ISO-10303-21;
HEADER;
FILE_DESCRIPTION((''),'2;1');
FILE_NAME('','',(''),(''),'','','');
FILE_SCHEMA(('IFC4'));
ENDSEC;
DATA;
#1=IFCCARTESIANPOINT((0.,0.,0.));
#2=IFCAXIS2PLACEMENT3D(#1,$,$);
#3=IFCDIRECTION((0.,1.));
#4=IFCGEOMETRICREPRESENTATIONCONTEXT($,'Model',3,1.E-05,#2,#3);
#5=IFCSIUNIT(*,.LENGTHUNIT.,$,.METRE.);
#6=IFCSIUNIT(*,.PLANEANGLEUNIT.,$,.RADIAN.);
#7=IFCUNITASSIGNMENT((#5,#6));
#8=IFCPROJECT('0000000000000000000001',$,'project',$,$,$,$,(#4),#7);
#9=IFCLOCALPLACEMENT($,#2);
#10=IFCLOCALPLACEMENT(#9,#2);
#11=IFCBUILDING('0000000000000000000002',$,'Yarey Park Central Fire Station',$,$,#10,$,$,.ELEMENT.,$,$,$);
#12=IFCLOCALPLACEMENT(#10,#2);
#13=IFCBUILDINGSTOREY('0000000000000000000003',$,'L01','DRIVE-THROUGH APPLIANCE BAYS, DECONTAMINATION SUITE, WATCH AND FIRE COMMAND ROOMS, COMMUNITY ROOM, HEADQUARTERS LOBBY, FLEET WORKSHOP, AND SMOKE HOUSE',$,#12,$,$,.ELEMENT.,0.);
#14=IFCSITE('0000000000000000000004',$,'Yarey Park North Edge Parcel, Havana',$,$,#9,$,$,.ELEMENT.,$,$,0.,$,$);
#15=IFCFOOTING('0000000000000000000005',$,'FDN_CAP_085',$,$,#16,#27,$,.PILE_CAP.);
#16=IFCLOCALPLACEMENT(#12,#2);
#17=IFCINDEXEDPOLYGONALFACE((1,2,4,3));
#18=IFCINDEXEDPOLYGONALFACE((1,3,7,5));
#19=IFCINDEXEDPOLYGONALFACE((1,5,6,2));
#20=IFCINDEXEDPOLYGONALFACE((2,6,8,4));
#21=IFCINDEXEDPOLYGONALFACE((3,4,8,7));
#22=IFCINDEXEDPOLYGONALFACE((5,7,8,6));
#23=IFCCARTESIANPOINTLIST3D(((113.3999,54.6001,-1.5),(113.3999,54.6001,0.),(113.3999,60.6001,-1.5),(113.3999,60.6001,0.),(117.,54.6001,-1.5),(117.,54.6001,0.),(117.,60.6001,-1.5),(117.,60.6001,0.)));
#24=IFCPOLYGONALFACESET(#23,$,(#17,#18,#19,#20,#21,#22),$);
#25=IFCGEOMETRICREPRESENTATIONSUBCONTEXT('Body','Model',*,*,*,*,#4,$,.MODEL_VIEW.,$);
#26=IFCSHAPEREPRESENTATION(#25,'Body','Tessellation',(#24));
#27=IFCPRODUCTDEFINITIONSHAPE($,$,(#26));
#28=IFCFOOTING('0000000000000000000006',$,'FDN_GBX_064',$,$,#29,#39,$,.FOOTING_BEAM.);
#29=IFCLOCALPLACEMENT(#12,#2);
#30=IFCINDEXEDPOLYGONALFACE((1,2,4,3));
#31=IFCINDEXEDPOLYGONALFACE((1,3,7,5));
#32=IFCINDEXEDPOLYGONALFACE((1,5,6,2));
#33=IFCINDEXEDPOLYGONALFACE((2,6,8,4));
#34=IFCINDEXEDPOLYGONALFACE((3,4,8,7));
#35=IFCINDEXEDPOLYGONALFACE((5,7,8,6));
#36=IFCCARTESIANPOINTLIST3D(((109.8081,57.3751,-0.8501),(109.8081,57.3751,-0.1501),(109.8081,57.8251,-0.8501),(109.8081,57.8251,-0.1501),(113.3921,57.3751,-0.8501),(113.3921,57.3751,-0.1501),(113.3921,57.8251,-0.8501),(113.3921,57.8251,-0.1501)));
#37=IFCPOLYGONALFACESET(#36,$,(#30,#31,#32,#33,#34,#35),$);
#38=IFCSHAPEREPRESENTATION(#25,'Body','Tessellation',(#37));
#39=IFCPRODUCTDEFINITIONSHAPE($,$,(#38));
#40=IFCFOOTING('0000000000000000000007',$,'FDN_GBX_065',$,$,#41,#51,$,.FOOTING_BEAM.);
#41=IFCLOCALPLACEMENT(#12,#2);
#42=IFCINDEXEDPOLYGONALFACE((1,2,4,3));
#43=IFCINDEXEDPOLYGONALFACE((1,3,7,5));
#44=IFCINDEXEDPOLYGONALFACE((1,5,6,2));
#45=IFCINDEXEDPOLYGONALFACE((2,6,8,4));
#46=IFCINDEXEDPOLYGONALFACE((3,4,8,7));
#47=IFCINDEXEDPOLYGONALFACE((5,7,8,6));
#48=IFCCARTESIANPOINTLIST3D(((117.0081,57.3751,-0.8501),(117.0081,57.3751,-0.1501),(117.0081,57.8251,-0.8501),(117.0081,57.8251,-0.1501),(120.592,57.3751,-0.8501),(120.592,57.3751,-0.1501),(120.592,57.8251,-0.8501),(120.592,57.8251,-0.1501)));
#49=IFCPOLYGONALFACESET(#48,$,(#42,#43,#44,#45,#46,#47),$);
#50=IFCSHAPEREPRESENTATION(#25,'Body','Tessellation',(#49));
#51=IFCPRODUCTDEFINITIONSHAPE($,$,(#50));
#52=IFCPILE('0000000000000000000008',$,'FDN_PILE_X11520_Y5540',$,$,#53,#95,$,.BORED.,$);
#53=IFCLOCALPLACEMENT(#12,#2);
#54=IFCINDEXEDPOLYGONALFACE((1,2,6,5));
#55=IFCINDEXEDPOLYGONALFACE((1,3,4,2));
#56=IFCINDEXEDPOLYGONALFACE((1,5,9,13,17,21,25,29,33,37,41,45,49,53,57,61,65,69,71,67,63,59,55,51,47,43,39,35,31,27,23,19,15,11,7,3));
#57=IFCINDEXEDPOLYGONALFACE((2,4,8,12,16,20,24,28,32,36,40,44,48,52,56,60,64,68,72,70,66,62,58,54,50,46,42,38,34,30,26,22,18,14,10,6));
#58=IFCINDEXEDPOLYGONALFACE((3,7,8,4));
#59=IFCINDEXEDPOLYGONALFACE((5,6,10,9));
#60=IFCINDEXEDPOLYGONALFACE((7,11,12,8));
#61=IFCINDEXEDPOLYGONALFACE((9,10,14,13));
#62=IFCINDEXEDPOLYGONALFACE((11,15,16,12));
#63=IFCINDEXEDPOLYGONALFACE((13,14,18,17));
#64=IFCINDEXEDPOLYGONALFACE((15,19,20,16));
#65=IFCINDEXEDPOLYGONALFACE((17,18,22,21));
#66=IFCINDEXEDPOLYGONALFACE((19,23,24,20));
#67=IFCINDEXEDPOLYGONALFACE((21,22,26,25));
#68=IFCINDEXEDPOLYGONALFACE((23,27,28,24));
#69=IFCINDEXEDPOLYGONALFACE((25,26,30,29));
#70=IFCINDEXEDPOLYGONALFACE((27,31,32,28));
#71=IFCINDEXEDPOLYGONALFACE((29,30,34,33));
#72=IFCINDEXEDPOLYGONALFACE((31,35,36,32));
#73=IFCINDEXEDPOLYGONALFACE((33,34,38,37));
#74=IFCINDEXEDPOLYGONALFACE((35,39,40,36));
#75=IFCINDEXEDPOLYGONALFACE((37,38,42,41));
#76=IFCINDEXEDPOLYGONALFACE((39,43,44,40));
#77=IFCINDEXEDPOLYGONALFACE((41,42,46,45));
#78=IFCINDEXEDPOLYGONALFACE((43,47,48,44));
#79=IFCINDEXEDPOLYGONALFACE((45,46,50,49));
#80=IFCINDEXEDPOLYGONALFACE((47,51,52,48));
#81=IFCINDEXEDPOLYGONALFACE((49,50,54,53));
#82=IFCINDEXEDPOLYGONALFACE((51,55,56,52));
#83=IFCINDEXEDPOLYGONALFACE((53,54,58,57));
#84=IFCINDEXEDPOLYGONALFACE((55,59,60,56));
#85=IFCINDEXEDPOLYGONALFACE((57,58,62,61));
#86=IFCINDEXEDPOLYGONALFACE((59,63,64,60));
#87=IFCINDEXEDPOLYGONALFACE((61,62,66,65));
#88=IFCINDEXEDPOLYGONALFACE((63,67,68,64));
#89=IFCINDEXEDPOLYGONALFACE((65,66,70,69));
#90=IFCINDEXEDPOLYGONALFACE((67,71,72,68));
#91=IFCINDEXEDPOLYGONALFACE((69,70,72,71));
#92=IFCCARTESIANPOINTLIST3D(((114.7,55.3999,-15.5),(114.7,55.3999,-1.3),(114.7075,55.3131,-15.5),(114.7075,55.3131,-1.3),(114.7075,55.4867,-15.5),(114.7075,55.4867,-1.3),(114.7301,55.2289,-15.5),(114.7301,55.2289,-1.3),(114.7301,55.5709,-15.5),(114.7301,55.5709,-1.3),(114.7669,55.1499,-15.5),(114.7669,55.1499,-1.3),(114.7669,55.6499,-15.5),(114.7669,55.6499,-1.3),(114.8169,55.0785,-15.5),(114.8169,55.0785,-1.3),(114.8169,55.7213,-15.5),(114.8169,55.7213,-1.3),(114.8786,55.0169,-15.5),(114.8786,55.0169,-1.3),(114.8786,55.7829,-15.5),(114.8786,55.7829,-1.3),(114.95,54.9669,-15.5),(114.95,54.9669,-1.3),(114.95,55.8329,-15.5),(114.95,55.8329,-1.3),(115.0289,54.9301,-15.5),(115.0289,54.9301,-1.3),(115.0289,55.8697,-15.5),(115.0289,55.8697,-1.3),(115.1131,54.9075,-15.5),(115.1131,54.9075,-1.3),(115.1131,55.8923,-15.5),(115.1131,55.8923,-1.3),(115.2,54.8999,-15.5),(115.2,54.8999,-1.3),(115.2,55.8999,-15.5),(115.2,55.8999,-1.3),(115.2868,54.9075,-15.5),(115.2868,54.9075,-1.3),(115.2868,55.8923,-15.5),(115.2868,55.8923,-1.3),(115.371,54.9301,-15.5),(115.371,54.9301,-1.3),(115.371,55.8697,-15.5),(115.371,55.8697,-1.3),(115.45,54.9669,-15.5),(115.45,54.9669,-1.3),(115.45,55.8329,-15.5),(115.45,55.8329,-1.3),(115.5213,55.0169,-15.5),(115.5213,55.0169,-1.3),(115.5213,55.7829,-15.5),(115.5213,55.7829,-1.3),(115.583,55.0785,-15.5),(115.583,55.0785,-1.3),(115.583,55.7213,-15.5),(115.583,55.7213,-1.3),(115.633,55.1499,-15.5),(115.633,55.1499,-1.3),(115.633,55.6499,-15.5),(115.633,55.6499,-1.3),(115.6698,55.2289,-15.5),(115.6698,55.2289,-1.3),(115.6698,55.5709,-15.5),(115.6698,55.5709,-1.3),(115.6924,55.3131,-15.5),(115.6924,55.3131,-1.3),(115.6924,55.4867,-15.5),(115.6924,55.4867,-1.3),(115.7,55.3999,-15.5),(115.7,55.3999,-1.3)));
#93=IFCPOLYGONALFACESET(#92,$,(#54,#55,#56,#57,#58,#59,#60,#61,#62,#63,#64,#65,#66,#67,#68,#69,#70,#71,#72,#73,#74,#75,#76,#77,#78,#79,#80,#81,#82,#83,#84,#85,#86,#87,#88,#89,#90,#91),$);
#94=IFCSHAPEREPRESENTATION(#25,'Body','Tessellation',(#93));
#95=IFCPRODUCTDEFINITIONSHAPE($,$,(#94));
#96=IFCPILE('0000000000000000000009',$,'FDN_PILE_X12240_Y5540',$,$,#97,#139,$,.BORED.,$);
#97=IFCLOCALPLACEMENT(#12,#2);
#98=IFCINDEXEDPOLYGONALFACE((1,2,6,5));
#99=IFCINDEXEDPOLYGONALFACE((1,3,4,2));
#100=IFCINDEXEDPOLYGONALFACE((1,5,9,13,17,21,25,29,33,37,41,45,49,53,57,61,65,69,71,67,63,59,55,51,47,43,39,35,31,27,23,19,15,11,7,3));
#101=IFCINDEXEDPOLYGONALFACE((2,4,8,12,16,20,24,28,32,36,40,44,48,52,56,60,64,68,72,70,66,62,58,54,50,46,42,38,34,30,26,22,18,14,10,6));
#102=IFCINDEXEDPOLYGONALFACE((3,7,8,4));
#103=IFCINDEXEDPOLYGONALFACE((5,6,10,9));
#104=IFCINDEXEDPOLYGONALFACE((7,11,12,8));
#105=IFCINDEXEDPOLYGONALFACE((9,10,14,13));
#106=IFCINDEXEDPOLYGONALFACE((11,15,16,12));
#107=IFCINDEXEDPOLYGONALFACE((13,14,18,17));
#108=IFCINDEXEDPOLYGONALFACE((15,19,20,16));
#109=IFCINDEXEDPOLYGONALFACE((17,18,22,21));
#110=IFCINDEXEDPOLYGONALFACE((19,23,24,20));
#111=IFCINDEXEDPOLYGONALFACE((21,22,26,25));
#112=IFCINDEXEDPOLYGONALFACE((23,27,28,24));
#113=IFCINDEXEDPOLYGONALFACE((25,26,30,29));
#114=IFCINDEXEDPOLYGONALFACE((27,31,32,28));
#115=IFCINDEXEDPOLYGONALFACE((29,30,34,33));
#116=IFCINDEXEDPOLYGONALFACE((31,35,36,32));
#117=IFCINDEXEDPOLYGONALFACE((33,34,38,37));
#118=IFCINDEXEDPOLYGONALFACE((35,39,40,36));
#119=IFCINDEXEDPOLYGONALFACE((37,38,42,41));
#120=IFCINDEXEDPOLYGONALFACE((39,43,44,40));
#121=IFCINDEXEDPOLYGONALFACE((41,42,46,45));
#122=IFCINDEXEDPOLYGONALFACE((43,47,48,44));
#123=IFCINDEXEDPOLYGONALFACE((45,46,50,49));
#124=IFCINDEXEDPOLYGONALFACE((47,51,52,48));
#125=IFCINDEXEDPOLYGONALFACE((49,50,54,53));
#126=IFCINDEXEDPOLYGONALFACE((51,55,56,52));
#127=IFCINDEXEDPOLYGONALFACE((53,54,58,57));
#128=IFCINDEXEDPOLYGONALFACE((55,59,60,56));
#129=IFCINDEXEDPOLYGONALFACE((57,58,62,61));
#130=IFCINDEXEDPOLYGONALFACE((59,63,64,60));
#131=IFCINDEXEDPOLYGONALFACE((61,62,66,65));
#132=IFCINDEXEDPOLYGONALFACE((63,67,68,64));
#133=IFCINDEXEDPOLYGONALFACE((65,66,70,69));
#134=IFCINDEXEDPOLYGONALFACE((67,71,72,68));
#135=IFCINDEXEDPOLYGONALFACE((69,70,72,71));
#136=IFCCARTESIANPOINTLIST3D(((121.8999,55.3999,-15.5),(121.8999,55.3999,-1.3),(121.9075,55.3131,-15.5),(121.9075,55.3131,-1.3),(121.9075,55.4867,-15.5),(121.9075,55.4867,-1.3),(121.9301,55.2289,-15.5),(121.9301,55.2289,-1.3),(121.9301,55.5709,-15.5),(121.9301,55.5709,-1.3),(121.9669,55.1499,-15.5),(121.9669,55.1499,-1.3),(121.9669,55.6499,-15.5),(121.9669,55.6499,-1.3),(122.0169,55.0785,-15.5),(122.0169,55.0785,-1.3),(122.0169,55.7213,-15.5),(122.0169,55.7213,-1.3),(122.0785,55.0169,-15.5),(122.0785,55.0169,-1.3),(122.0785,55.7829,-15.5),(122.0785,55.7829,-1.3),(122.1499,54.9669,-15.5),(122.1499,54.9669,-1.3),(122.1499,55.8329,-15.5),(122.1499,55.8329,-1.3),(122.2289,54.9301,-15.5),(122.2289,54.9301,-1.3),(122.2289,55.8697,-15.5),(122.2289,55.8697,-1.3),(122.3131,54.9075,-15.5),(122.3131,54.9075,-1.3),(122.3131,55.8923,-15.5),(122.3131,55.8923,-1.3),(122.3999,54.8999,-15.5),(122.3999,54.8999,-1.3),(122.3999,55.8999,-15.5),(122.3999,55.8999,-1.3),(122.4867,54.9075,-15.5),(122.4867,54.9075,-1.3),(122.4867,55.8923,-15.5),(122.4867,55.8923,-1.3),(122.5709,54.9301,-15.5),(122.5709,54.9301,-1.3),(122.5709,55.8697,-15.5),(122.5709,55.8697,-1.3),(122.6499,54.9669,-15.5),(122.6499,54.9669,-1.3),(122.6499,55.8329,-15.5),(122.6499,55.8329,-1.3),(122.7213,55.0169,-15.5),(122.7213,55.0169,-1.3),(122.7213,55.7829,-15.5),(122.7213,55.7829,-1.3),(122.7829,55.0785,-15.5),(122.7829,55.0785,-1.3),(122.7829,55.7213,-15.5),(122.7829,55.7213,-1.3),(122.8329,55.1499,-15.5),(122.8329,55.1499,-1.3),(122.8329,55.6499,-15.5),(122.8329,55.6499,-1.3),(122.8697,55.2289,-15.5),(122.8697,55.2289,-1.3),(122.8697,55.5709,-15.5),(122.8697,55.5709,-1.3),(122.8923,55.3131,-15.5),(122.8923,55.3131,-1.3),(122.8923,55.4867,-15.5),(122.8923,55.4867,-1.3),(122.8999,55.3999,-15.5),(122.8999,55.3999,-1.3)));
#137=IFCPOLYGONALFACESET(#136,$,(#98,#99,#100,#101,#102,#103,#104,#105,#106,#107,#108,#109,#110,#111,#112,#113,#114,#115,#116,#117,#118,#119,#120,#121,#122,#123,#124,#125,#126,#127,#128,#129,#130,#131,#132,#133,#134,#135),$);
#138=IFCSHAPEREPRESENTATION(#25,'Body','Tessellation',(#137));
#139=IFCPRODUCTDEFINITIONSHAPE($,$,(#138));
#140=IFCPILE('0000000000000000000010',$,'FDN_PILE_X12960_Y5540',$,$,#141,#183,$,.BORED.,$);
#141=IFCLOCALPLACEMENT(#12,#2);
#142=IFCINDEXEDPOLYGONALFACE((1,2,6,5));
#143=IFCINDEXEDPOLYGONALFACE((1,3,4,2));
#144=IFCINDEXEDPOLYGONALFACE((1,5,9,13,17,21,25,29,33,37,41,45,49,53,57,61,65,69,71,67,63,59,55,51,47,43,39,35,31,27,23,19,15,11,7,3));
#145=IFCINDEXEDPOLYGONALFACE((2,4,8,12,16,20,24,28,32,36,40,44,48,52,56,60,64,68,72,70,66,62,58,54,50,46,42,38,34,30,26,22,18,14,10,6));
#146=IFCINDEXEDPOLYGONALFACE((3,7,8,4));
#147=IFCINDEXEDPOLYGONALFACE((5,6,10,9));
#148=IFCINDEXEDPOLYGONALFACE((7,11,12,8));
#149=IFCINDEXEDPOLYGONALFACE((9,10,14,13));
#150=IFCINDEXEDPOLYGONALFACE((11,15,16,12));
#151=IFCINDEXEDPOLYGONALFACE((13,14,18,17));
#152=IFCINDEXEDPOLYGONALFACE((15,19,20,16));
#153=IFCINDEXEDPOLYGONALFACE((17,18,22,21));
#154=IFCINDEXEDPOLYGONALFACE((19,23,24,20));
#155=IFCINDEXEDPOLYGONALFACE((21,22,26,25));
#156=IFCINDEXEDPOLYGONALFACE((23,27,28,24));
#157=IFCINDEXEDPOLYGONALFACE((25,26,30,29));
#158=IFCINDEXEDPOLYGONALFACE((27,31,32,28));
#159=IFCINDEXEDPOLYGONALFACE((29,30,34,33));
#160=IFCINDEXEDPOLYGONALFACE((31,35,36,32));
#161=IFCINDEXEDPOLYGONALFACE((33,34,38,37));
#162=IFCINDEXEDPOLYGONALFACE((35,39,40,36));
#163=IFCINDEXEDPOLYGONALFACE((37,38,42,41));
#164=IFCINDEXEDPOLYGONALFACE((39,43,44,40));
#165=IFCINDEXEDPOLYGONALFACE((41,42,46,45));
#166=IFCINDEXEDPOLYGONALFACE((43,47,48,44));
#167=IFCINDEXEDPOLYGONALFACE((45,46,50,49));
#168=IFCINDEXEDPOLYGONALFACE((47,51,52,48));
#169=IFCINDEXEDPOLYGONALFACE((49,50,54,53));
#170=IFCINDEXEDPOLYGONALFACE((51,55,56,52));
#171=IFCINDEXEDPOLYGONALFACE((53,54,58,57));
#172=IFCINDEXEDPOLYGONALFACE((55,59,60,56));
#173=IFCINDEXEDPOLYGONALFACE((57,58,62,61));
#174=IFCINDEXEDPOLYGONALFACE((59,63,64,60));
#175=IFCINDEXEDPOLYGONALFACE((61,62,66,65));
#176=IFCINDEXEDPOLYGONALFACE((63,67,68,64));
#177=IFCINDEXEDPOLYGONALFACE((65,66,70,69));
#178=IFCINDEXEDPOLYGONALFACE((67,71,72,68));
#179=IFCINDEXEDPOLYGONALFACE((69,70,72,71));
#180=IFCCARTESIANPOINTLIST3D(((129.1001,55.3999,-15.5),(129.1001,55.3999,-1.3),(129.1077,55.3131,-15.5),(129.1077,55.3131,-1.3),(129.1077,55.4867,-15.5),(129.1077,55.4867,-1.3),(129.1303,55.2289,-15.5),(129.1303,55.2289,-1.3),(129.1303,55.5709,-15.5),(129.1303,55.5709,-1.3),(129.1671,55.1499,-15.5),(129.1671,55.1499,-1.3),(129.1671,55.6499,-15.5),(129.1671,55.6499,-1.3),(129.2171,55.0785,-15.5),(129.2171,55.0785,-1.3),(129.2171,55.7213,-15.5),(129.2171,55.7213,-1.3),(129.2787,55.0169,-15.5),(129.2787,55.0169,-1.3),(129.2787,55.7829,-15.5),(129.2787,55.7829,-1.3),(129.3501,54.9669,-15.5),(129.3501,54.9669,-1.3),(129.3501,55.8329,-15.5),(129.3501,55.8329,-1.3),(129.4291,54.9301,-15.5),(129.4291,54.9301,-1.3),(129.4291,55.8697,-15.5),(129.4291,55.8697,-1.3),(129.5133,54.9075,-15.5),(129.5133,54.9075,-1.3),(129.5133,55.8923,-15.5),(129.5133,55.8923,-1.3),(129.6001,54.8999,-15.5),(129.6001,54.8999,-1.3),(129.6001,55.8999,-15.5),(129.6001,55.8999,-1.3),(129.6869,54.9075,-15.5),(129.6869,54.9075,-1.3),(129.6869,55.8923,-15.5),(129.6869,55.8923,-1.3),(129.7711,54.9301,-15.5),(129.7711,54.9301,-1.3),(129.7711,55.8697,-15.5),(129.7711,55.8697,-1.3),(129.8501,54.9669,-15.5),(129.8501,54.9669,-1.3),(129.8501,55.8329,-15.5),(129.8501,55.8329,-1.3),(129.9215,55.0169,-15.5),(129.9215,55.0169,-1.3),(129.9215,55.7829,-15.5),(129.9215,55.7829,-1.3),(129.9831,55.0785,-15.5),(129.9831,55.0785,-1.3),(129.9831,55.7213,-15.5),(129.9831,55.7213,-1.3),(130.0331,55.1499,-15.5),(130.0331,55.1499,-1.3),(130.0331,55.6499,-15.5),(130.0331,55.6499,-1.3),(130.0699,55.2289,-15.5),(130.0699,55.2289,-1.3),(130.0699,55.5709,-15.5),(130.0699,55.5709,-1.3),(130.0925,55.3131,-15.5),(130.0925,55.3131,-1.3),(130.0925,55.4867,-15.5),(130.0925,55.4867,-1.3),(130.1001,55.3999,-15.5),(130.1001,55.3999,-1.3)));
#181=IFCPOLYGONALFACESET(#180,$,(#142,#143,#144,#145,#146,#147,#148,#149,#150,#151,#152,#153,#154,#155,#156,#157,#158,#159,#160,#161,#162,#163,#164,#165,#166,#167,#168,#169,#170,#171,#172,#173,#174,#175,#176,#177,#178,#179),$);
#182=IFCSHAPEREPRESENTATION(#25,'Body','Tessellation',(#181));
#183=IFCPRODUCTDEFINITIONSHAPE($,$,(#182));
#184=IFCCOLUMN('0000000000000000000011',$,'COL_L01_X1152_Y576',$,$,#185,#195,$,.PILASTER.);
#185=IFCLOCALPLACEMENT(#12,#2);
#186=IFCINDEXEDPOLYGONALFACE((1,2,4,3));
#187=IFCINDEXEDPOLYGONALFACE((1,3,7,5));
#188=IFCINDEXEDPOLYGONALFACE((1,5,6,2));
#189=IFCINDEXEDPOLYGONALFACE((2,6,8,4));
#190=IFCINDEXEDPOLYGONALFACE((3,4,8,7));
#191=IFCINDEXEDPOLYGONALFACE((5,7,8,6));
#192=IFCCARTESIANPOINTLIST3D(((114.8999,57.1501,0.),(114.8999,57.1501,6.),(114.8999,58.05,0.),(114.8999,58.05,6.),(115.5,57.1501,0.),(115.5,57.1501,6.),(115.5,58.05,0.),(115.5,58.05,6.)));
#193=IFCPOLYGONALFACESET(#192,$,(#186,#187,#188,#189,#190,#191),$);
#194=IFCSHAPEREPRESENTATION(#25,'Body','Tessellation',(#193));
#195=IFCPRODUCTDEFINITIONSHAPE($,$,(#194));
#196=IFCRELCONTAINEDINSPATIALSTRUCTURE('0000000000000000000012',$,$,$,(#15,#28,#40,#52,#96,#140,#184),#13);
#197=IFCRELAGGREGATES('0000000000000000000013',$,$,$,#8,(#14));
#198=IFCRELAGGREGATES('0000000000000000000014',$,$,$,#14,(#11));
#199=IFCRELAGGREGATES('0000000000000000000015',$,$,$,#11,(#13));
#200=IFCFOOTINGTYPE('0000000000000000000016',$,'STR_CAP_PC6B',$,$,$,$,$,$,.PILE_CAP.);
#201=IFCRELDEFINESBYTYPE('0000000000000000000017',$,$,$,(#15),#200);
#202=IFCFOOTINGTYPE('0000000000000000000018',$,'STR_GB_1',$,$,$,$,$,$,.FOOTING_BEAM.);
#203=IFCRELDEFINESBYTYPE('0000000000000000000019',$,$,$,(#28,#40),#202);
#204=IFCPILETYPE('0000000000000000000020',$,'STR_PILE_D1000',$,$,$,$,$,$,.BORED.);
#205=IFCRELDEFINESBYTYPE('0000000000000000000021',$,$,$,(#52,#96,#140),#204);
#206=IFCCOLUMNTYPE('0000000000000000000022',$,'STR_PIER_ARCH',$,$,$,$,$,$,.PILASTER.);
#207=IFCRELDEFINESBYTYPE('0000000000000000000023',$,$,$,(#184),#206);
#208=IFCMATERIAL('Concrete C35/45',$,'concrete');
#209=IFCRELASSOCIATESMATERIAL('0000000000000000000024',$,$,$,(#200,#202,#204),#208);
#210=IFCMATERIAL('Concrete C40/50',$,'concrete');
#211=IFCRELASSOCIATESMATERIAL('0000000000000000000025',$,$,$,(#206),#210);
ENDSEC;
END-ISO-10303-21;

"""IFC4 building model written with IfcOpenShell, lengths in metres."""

from ifc_helpers import new_model, si_unit, direction, frame, origin, origin_2d, place, context, subcontext, project, spatial, rectangle, circle, extrude, material, material_profile, profile_set, type_object, element, save


model = new_model("IFC4")

# Units and contexts
model_context = context("Model", 3, precision=1e-05, world=origin(), true_north=direction((0.0, 1.0)))
body_context = subcontext(model_context, "Body", "Model", "MODEL_VIEW")
ifc_project = project(units=[si_unit("LENGTHUNIT", "METRE"), si_unit("PLANEANGLEUNIT", "RADIAN")], contexts=[model_context])

# Site, building, storey
site_placement = place(None, origin())
site = spatial("IfcSite", under=ifc_project, at=site_placement, Name="Yarey Park North Edge Parcel, Havana", CompositionType="ELEMENT", RefElevation=0.0)
building_placement = place(site_placement, origin())
building = spatial("IfcBuilding", under=site, at=building_placement, Name="Yarey Park Central Fire Station", CompositionType="ELEMENT")
storey_placement = place(building_placement, origin())
storey = spatial("IfcBuildingStorey", under=building, at=storey_placement, Name="L01", Description="DRIVE-THROUGH APPLIANCE BAYS, DECONTAMINATION SUITE, WATCH AND FIRE COMMAND ROOMS, COMMUNITY ROOM, HEADQUARTERS LOBBY, FLEET WORKSHOP, AND SMOKE HOUSE", CompositionType="ELEMENT", Elevation=0.0)

# Footings
ifc_material_1 = material(Name="Concrete C35/45", Category="concrete")
footing_type_1 = type_object("IfcFootingType", Name="STR_CAP_PC6B", PredefinedType="PILE_CAP", material=ifc_material_1)
footing_placement = place(storey_placement, frame((115.2, 57.6001, -1.5), z_axis=(0.0, 0.0, 1.0), x_axis=(1.0, 0.0, 0.0)))
element("IfcFooting", 1, at=footing_placement, inside=storey, type_object=footing_type_1, Name="FDN_CAP_085", PredefinedType="PILE_CAP", context=body_context, shape_type="SweptSolid", body=[
    extrude(rectangle(XDim=3.6001, YDim=6.0, at=origin_2d()), origin(), (0.0, 0.0, 1.0), 1.5),
])
footing_type_2 = type_object("IfcFootingType", Name="STR_GB_1", PredefinedType="FOOTING_BEAM", material=ifc_material_1)
for number, where, z_axis, x_axis, name in (
    (2, (111.6001, 57.6001, -0.8501), (0.0, 0.0, 1.0), (1.0, 0.0, 0.0), "FDN_GBX_064"),
    (3, (118.8, 57.6001, -0.8501), (0.0, 0.0, 1.0), (1.0, 0.0, 0.0), "FDN_GBX_065"),
):
    element("IfcFooting", number, at=place(storey_placement, frame(where, z_axis=z_axis, x_axis=x_axis)), inside=storey, type_object=footing_type_2, Name=name, PredefinedType="FOOTING_BEAM", context=body_context, shape_type="SweptSolid", body=[
        extrude(rectangle(XDim=3.584, YDim=0.45, at=origin_2d()), origin(), (0.0, 0.0, 1.0), 0.7),
    ])

# Piles
ifc_material_profile_1 = material_profile(ifc_material_1, circle(Radius=0.5, at=origin_2d()), Name="BORED PILE D1000")
ifc_profile_set_1 = profile_set([ifc_material_profile_1], Name="Concrete C35/45")
pile_type = type_object("IfcPileType", Name="STR_PILE_D1000", PredefinedType="BORED", material=ifc_profile_set_1)
for number, where, z_axis, x_axis, name in (
    (4, (115.2, 55.3999, -1.3), (0.0, 0.0, -1.0), (1.0, 0.0, 0.0), "FDN_PILE_X11520_Y5540"),
    (5, (122.3999, 55.3999, -1.3), (0.0, 0.0, -1.0), (1.0, 0.0, 0.0), "FDN_PILE_X12240_Y5540"),
    (6, (129.6001, 55.3999, -1.3), (0.0, 0.0, -1.0), (1.0, 0.0, 0.0), "FDN_PILE_X12960_Y5540"),
):
    element("IfcPile", number, at=place(storey_placement, frame(where, z_axis=z_axis, x_axis=x_axis)), inside=storey, type_object=pile_type, Name=name, PredefinedType="BORED", context=body_context, shape_type="SweptSolid", body=[
        extrude(circle(Radius=0.5, at=origin_2d()), origin(), (0.0, 0.0, 1.0), 14.2),
    ])

# Column
ifc_material_2 = material(Name="Concrete C40/50", Category="concrete")
ifc_material_profile_2 = material_profile(ifc_material_2, rectangle(XDim=0.6001, YDim=0.8999, at=origin_2d()), Name="RC 900x600")
ifc_profile_set_2 = profile_set([ifc_material_profile_2], Name="Concrete C40/50")
column_type = type_object("IfcColumnType", Name="STR_PIER_ARCH", PredefinedType="PILASTER", material=ifc_profile_set_2)
column_placement = place(storey_placement, frame((115.2, 57.6001, 0.0), z_axis=(0.0, 0.0, 1.0), x_axis=(1.0, 0.0, 0.0)))
element("IfcColumn", 7, at=column_placement, inside=storey, type_object=column_type, Name="COL_L01_X1152_Y576", PredefinedType="PILASTER", context=body_context, shape_type="SweptSolid", body=[
    extrude(rectangle(XDim=0.6001, YDim=0.8999, at=origin_2d()), origin(), (0.0, 0.0, 1.0), 6.0),
])

save(model, "model.ifc")
